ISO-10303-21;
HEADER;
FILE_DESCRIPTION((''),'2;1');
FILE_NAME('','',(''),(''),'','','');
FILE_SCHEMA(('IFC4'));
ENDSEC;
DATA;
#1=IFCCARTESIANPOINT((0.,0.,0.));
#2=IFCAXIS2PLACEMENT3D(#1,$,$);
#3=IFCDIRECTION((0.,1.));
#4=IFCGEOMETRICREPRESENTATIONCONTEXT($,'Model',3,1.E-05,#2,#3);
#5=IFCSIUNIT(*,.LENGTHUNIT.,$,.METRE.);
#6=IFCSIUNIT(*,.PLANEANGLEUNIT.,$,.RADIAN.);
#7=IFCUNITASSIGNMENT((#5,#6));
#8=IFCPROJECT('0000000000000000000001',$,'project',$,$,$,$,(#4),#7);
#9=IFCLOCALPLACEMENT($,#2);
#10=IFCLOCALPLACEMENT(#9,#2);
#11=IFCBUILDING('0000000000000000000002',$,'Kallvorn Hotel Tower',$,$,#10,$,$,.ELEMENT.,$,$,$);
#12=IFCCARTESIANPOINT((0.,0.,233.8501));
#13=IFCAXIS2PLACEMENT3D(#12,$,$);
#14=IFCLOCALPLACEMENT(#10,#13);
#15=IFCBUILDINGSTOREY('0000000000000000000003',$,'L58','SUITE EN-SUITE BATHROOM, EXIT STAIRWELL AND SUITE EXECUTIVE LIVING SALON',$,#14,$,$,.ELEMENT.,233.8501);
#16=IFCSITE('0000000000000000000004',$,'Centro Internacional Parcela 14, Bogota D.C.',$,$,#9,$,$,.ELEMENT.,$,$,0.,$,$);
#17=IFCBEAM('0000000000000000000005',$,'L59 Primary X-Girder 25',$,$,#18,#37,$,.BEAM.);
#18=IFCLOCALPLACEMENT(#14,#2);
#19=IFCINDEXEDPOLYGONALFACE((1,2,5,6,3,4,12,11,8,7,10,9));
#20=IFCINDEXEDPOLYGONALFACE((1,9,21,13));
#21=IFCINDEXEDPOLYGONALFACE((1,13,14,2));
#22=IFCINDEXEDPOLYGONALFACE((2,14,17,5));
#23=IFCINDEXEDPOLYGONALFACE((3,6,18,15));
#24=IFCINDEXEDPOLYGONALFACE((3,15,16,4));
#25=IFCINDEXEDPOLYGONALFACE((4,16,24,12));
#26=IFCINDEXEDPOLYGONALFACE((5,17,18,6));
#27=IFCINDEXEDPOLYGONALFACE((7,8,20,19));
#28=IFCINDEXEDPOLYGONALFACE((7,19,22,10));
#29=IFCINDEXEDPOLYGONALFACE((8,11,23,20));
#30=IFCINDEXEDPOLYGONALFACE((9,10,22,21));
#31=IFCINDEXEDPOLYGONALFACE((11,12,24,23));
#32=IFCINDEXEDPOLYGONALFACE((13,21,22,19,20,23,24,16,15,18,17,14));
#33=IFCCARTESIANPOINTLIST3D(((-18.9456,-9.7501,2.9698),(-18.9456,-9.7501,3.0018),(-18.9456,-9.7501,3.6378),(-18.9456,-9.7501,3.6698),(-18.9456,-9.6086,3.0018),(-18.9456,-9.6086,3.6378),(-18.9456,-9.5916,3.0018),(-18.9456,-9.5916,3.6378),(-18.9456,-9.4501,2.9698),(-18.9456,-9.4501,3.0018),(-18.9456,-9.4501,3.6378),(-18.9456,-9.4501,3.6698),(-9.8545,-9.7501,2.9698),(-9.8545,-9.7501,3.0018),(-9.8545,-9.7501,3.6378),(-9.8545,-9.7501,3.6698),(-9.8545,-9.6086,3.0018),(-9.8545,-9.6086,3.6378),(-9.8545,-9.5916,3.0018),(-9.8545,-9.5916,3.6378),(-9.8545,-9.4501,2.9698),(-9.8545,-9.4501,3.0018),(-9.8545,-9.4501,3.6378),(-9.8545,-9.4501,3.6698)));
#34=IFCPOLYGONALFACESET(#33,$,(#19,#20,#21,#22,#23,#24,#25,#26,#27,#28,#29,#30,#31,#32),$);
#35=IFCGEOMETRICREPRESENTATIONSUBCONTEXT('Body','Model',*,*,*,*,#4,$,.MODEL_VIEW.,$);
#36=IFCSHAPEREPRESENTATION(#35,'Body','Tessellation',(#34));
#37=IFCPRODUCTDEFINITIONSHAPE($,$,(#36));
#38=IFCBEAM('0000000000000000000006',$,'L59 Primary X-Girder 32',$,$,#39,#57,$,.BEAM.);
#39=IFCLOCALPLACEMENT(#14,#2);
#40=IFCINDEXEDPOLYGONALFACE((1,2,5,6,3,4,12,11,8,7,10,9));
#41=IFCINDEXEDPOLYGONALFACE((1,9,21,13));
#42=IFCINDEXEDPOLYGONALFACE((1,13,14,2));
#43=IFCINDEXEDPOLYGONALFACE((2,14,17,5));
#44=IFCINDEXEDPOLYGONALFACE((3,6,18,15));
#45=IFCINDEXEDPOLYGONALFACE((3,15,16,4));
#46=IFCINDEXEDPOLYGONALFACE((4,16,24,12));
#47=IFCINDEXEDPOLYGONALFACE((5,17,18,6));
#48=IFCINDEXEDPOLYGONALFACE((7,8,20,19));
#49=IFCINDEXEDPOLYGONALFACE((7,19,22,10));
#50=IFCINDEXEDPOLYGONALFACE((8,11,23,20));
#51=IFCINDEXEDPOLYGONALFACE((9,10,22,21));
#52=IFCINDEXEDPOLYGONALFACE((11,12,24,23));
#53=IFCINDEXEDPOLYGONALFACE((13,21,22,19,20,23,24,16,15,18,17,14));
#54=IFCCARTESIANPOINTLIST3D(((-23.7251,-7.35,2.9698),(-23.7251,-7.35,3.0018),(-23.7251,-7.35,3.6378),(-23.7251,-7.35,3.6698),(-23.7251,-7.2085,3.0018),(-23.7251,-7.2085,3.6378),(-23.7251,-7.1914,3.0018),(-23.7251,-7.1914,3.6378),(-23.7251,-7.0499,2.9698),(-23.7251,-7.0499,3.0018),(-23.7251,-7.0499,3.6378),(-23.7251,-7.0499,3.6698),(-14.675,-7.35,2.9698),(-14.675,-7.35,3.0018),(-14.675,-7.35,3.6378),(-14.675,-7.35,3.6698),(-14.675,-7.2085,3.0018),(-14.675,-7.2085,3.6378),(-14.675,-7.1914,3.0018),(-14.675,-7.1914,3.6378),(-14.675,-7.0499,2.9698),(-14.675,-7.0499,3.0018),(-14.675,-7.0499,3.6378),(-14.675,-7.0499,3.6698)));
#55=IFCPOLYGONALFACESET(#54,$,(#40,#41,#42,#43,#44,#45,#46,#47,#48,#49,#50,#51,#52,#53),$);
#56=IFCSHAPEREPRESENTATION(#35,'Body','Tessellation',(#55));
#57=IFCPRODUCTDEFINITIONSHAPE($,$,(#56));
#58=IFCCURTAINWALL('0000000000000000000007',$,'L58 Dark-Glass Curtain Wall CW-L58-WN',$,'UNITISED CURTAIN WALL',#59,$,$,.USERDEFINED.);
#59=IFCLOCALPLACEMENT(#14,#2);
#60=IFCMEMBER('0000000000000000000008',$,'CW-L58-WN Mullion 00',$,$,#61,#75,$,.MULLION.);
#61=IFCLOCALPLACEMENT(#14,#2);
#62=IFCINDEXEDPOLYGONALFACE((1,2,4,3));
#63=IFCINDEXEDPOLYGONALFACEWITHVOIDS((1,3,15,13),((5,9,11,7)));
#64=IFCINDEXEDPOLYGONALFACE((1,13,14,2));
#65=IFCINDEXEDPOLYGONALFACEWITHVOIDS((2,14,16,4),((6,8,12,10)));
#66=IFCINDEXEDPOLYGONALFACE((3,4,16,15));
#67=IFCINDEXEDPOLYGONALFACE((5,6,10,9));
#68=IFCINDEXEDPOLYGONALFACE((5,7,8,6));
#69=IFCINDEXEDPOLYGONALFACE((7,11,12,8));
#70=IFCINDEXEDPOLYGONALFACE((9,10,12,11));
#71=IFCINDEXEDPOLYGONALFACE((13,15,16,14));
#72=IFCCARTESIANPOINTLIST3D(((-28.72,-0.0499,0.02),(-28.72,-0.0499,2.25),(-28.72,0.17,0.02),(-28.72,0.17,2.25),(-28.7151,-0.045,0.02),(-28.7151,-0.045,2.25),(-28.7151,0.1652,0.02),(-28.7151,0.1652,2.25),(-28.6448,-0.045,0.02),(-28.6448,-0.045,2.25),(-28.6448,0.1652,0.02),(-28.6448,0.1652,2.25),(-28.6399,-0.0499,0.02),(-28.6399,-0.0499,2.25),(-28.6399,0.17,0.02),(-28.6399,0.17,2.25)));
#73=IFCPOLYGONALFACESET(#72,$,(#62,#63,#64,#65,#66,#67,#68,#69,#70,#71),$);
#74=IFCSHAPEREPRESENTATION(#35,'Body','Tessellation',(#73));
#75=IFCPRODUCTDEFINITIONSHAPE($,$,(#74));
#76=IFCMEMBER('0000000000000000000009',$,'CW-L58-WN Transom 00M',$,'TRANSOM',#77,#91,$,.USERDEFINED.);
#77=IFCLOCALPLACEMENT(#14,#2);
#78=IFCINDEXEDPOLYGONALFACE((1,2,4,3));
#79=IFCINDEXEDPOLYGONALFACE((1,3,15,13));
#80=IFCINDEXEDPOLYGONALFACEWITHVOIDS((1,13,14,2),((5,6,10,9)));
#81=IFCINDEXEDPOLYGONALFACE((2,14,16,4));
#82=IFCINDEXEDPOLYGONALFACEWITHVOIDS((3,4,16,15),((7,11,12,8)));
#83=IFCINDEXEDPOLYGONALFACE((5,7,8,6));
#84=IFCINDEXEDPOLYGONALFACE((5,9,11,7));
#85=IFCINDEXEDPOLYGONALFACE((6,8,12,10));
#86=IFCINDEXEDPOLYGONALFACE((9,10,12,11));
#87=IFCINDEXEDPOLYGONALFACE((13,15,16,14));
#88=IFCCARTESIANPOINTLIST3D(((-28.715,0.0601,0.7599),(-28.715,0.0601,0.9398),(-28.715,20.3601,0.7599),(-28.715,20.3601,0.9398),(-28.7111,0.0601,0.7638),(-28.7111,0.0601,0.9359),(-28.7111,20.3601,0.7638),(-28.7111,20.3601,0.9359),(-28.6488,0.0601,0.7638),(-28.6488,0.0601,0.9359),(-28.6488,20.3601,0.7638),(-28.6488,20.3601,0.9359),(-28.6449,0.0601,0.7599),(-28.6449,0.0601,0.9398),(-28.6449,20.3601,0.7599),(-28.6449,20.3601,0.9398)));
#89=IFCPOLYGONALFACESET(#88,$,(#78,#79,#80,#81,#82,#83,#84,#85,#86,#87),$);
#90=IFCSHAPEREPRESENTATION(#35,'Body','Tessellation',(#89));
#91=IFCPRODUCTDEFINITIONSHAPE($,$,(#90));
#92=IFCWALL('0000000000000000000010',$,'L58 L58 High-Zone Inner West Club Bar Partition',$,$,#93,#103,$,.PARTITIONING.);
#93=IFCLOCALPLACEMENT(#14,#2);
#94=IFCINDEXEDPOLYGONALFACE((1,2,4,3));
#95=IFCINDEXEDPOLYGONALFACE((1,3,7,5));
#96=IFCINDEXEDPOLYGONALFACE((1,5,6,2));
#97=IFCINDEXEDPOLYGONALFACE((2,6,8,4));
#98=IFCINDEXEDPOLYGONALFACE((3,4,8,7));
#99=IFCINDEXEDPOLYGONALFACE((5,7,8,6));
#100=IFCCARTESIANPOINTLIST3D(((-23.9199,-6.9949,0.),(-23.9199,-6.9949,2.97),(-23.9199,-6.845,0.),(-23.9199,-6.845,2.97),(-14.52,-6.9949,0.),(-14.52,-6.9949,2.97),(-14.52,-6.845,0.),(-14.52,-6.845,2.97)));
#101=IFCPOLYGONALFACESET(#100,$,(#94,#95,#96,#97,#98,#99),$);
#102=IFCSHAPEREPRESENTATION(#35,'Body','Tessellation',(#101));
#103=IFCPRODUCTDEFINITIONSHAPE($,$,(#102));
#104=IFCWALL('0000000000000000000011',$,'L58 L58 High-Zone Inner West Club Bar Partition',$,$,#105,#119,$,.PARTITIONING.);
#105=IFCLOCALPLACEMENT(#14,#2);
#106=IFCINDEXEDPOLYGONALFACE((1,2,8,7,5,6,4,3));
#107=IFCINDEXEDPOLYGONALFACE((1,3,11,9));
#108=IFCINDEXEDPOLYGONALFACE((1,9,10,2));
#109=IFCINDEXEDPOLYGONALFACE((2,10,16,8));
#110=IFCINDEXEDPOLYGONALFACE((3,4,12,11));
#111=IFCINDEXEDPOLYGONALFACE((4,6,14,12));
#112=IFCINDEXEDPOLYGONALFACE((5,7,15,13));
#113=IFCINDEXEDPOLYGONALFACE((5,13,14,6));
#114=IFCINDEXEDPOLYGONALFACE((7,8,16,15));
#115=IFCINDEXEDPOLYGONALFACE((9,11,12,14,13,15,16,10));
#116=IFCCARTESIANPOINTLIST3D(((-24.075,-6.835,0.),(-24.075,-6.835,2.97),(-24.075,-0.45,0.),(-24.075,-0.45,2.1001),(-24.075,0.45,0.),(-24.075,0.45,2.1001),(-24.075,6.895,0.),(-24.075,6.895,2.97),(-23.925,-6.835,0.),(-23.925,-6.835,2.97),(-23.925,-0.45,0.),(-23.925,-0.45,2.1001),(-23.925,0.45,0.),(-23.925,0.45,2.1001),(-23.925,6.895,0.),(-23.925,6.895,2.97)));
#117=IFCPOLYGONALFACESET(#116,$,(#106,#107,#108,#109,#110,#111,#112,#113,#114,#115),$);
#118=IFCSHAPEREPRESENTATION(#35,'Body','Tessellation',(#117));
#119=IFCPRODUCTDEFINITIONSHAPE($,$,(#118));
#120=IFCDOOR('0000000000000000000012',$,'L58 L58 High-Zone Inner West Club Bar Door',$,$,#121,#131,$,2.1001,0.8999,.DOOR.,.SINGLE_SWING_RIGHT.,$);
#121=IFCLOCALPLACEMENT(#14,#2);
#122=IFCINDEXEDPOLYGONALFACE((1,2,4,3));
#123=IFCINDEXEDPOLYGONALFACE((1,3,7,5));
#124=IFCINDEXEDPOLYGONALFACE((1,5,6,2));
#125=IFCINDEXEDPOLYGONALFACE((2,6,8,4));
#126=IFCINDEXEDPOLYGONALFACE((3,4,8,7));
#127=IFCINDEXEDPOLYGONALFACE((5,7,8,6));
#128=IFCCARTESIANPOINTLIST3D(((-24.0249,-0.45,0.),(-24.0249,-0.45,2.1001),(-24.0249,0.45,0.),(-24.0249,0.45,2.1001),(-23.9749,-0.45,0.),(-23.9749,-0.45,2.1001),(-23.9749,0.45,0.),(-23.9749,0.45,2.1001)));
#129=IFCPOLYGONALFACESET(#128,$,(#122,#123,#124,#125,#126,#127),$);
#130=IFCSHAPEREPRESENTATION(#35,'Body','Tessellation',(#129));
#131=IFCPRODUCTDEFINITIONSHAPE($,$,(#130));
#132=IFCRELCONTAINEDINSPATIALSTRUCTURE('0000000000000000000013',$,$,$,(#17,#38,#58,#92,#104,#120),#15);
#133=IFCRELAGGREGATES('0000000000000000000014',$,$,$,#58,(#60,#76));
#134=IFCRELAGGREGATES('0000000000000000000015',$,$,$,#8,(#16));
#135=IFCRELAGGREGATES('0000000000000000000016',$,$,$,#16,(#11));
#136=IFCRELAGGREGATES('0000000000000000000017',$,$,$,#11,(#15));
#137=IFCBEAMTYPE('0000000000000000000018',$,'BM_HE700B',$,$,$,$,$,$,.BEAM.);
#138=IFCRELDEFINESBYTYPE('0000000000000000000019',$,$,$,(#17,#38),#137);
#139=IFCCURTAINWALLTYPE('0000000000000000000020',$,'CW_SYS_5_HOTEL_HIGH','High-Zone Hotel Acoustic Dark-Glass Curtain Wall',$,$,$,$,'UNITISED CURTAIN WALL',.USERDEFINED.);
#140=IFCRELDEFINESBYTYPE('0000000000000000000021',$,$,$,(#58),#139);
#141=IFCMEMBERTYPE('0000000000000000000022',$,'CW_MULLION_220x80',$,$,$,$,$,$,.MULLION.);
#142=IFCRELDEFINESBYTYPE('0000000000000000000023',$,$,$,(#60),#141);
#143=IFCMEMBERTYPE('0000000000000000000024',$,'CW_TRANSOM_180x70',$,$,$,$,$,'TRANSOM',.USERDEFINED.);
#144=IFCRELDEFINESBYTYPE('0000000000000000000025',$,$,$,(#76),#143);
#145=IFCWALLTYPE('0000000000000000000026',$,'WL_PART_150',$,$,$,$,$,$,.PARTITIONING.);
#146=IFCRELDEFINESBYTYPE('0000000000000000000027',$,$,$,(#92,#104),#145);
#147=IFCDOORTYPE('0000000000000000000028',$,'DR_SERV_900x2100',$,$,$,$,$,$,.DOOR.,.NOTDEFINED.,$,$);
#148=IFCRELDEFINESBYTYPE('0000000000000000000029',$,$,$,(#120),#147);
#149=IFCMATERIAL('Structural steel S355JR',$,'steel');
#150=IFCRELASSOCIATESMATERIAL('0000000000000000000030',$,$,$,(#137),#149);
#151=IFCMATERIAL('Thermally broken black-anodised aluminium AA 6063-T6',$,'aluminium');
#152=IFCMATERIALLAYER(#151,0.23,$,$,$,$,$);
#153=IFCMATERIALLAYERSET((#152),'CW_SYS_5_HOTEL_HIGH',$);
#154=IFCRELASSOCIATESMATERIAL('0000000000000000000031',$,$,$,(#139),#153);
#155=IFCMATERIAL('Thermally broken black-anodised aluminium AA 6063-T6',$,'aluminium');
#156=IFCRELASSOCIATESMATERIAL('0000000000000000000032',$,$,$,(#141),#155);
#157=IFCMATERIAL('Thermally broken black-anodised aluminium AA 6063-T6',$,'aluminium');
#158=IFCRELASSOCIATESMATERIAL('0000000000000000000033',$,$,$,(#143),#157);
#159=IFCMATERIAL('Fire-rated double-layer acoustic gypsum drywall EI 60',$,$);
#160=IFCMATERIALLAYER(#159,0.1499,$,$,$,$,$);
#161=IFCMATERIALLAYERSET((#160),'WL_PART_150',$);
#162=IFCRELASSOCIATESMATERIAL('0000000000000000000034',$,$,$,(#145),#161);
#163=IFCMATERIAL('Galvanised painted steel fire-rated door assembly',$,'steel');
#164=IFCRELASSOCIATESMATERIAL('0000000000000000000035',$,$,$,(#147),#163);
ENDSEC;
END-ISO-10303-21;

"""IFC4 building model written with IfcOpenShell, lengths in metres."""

from ifc_helpers import new_model, si_unit, direction, frame, frame_2d, origin, origin_2d, place, context, subcontext, project, spatial, rectangle, hollow_rectangle, i_section, extrude, material, layer, layer_set, material_profile, profile_set, type_object, element, fill, aggregate, save


model = new_model("IFC4")

# Units and contexts
model_context = context("Model", 3, precision=1e-05, world=origin(), true_north=direction((0.0, 1.0)))
body_context = subcontext(model_context, "Body", "Model", "MODEL_VIEW")
ifc_project = project(units=[si_unit("LENGTHUNIT", "METRE"), si_unit("PLANEANGLEUNIT", "RADIAN")], contexts=[model_context])

# Site, building, storey
site_placement = place(None, origin())
site = spatial("IfcSite", under=ifc_project, at=site_placement, Name="Centro Internacional Parcela 14, Bogota D.C.", CompositionType="ELEMENT", RefElevation=0.0)
building_placement = place(site_placement, origin())
building = spatial("IfcBuilding", under=site, at=building_placement, Name="Kallvorn Hotel Tower", CompositionType="ELEMENT")
storey_placement = place(building_placement, frame((0.0, 0.0, 233.8501)))
storey = spatial("IfcBuildingStorey", under=building, at=storey_placement, Name="L58", Description="SUITE EN-SUITE BATHROOM, EXIT STAIRWELL AND SUITE EXECUTIVE LIVING SALON", CompositionType="ELEMENT", Elevation=233.8501)

# Beams
ifc_material_1 = material(Name="Structural steel S355JR", Category="steel")
ifc_material_profile_1 = material_profile(ifc_material_1, i_section(OverallWidth=0.3, OverallDepth=0.7, WebThickness=0.0171, FlangeThickness=0.032, at=origin_2d()), Name="HE 700 B")
ifc_profile_set_1 = profile_set([ifc_material_profile_1], Name="Structural steel S355JR")
beam_type_1 = type_object("IfcBeamType", Name="BM_HE700B", PredefinedType="BEAM", material=ifc_profile_set_1)
beam_1_placement = place(storey_placement, frame((-18.9456, -9.6001, 3.3198), z_axis=(1.0, 0.0, 0.0), x_axis=(0.0, 1.0, 0.0)))
element("IfcBeam", 1, at=beam_1_placement, inside=storey, type_object=beam_type_1, Name="L59 Primary X-Girder 25", PredefinedType="BEAM", context=body_context, shape_type="SweptSolid", body=[
    extrude(i_section(OverallWidth=0.3, OverallDepth=0.7, WebThickness=0.0171, FlangeThickness=0.032, at=origin_2d()), origin(), (0.0, 0.0, 1.0), 9.0911),
])
beam_2_placement = place(storey_placement, frame((-23.7251, -7.2, 3.3198), z_axis=(1.0, 0.0, 0.0), x_axis=(0.0, 1.0, 0.0)))
element("IfcBeam", 2, at=beam_2_placement, inside=storey, type_object=beam_type_1, Name="L59 Primary X-Girder 32", PredefinedType="BEAM", context=body_context, shape_type="SweptSolid", body=[
    extrude(i_section(OverallWidth=0.3, OverallDepth=0.7, WebThickness=0.0171, FlangeThickness=0.032, at=origin_2d()), origin(), (0.0, 0.0, 1.0), 9.05),
])

# Curtain wall, members
ifc_material_2 = material(Name="Thermally broken black-anodised aluminium AA 6063-T6", Category="aluminium")
ifc_layer_1 = layer(ifc_material_2, 0.23)
ifc_layer_set_1 = layer_set([ifc_layer_1], Name="CW_SYS_5_HOTEL_HIGH")
curtain_wall_type = type_object("IfcCurtainWallType", Name="CW_SYS_5_HOTEL_HIGH", Description="High-Zone Hotel Acoustic Dark-Glass Curtain Wall", ElementType="UNITISED CURTAIN WALL", PredefinedType="USERDEFINED", material=ifc_layer_set_1)
curtain_wall_placement = place(storey_placement, origin())
curtain_wall = element("IfcCurtainWall", 3, at=curtain_wall_placement, inside=storey, type_object=curtain_wall_type, Name="L58 Dark-Glass Curtain Wall CW-L58-WN", ObjectType="UNITISED CURTAIN WALL", PredefinedType="USERDEFINED")
ifc_material_3 = material(Name="Thermally broken black-anodised aluminium AA 6063-T6", Category="aluminium")
ifc_material_profile_2 = material_profile(ifc_material_3, hollow_rectangle(XDim=0.0801, YDim=0.22, WallThickness=0.0049, at=origin_2d()), Name="MUL 220x80")
ifc_profile_set_2 = profile_set([ifc_material_profile_2], Name="Thermally broken black-anodised aluminium AA 6063-T6")
member_type_1 = type_object("IfcMemberType", Name="CW_MULLION_220x80", PredefinedType="MULLION", material=ifc_profile_set_2)
member_1_placement = place(storey_placement, frame((-28.6799, 0.0601, 0.02), z_axis=(0.0, 0.0, 1.0), x_axis=(1.0, 0.0, 0.0)))
member_1 = element("IfcMember", 4, at=member_1_placement, type_object=member_type_1, Name="CW-L58-WN Mullion 00", PredefinedType="MULLION", context=body_context, shape_type="SweptSolid", body=[
    extrude(hollow_rectangle(XDim=0.0801, YDim=0.22, WallThickness=0.0049, at=origin_2d()), origin(), (0.0, 0.0, 1.0), 2.23),
])
ifc_material_4 = material(Name="Thermally broken black-anodised aluminium AA 6063-T6", Category="aluminium")
ifc_material_profile_3 = material_profile(ifc_material_4, hollow_rectangle(XDim=0.0701, YDim=0.1799, WallThickness=0.0039, at=origin_2d()), Name="TRN 180x70")
ifc_profile_set_3 = profile_set([ifc_material_profile_3], Name="Thermally broken black-anodised aluminium AA 6063-T6")
member_type_2 = type_object("IfcMemberType", Name="CW_TRANSOM_180x70", ElementType="TRANSOM", PredefinedType="USERDEFINED", material=ifc_profile_set_3)
member_2_placement = place(storey_placement, frame((-28.6799, 0.0601, 0.8499), z_axis=(0.0, 1.0, 0.0), x_axis=(-1.0, 0.0, 0.0)))
member_2 = element("IfcMember", 5, at=member_2_placement, type_object=member_type_2, Name="CW-L58-WN Transom 00M", ObjectType="TRANSOM", PredefinedType="USERDEFINED", context=body_context, shape_type="SweptSolid", body=[
    extrude(hollow_rectangle(XDim=0.0701, YDim=0.1799, WallThickness=0.0039, at=origin_2d()), origin(), (0.0, 0.0, 1.0), 20.3),
])
aggregate(curtain_wall, [member_1, member_2])

# Wall
ifc_material_5 = material(Name="Fire-rated double-layer acoustic gypsum drywall EI 60")
ifc_layer_2 = layer(ifc_material_5, 0.1499)
ifc_layer_set_2 = layer_set([ifc_layer_2], Name="WL_PART_150")
wall_type = type_object("IfcWallType", Name="WL_PART_150", PredefinedType="PARTITIONING", material=ifc_layer_set_2)
wall_1_placement = place(storey_placement, frame((-23.9199, -6.9199, 0.0), z_axis=(0.0, 0.0, 1.0), x_axis=(1.0, 0.0, 0.0)))
element("IfcWall", 6, at=wall_1_placement, inside=storey, type_object=wall_type, Name="L58 L58 High-Zone Inner West Club Bar Partition", PredefinedType="PARTITIONING", context=body_context, shape_type="SweptSolid", body=[
    extrude(rectangle(XDim=9.3999, YDim=0.1499, at=frame_2d((4.7, 0.0))), origin(), (0.0, 0.0, 1.0), 2.97),
])

# Wall, opening, door
wall_2_placement = place(storey_placement, frame((-24.0, -6.835, 0.0), z_axis=(0.0, 0.0, 1.0), x_axis=(0.0, 1.0, 0.0)))
wall_2 = element("IfcWall", 7, at=wall_2_placement, inside=storey, type_object=wall_type, Name="L58 L58 High-Zone Inner West Club Bar Partition", PredefinedType="PARTITIONING", context=body_context, shape_type="SweptSolid", body=[
    extrude(rectangle(XDim=13.73, YDim=0.1499, at=frame_2d((6.865, 0.0))), origin(), (0.0, 0.0, 1.0), 2.97),
])
opening_placement = place(wall_2_placement, frame((6.385, 0.0, 0.0)))
opening = element("IfcOpeningElement", 8, at=opening_placement, cuts=wall_2, PredefinedType="OPENING", context=body_context, shape_type="SweptSolid", body=[
    extrude(rectangle(XDim=0.8999, YDim=2.1001, at=frame_2d((0.45, 1.05))), frame((0.0, 0.0898, 0.0), z_axis=(0.0, -1.0, 0.0), x_axis=(1.0, 0.0, 0.0)), (0.0, 0.0, 1.0), 0.1799),
])
ifc_material_6 = material(Name="Galvanised painted steel fire-rated door assembly", Category="steel")
door_type = type_object("IfcDoorType", Name="DR_SERV_900x2100", OperationType="NOTDEFINED", PredefinedType="DOOR", material=ifc_material_6)
door_placement = place(opening_placement, origin())
door = element("IfcDoor", 9, at=door_placement, inside=storey, type_object=door_type, Name="L58 L58 High-Zone Inner West Club Bar Door", OperationType="SINGLE_SWING_RIGHT", OverallHeight=2.1001, OverallWidth=0.8999, PredefinedType="DOOR", context=body_context, shape_type="SweptSolid", body=[
    extrude(rectangle(XDim=0.8999, YDim=2.1001, at=frame_2d((0.45, 1.05))), frame((0.0, 0.0249, 0.0), z_axis=(0.0, -1.0, 0.0), x_axis=(1.0, 0.0, 0.0)), (0.0, 0.0, 1.0), 0.05),
])
fill(opening, door)

save(model, "model.ifc")
